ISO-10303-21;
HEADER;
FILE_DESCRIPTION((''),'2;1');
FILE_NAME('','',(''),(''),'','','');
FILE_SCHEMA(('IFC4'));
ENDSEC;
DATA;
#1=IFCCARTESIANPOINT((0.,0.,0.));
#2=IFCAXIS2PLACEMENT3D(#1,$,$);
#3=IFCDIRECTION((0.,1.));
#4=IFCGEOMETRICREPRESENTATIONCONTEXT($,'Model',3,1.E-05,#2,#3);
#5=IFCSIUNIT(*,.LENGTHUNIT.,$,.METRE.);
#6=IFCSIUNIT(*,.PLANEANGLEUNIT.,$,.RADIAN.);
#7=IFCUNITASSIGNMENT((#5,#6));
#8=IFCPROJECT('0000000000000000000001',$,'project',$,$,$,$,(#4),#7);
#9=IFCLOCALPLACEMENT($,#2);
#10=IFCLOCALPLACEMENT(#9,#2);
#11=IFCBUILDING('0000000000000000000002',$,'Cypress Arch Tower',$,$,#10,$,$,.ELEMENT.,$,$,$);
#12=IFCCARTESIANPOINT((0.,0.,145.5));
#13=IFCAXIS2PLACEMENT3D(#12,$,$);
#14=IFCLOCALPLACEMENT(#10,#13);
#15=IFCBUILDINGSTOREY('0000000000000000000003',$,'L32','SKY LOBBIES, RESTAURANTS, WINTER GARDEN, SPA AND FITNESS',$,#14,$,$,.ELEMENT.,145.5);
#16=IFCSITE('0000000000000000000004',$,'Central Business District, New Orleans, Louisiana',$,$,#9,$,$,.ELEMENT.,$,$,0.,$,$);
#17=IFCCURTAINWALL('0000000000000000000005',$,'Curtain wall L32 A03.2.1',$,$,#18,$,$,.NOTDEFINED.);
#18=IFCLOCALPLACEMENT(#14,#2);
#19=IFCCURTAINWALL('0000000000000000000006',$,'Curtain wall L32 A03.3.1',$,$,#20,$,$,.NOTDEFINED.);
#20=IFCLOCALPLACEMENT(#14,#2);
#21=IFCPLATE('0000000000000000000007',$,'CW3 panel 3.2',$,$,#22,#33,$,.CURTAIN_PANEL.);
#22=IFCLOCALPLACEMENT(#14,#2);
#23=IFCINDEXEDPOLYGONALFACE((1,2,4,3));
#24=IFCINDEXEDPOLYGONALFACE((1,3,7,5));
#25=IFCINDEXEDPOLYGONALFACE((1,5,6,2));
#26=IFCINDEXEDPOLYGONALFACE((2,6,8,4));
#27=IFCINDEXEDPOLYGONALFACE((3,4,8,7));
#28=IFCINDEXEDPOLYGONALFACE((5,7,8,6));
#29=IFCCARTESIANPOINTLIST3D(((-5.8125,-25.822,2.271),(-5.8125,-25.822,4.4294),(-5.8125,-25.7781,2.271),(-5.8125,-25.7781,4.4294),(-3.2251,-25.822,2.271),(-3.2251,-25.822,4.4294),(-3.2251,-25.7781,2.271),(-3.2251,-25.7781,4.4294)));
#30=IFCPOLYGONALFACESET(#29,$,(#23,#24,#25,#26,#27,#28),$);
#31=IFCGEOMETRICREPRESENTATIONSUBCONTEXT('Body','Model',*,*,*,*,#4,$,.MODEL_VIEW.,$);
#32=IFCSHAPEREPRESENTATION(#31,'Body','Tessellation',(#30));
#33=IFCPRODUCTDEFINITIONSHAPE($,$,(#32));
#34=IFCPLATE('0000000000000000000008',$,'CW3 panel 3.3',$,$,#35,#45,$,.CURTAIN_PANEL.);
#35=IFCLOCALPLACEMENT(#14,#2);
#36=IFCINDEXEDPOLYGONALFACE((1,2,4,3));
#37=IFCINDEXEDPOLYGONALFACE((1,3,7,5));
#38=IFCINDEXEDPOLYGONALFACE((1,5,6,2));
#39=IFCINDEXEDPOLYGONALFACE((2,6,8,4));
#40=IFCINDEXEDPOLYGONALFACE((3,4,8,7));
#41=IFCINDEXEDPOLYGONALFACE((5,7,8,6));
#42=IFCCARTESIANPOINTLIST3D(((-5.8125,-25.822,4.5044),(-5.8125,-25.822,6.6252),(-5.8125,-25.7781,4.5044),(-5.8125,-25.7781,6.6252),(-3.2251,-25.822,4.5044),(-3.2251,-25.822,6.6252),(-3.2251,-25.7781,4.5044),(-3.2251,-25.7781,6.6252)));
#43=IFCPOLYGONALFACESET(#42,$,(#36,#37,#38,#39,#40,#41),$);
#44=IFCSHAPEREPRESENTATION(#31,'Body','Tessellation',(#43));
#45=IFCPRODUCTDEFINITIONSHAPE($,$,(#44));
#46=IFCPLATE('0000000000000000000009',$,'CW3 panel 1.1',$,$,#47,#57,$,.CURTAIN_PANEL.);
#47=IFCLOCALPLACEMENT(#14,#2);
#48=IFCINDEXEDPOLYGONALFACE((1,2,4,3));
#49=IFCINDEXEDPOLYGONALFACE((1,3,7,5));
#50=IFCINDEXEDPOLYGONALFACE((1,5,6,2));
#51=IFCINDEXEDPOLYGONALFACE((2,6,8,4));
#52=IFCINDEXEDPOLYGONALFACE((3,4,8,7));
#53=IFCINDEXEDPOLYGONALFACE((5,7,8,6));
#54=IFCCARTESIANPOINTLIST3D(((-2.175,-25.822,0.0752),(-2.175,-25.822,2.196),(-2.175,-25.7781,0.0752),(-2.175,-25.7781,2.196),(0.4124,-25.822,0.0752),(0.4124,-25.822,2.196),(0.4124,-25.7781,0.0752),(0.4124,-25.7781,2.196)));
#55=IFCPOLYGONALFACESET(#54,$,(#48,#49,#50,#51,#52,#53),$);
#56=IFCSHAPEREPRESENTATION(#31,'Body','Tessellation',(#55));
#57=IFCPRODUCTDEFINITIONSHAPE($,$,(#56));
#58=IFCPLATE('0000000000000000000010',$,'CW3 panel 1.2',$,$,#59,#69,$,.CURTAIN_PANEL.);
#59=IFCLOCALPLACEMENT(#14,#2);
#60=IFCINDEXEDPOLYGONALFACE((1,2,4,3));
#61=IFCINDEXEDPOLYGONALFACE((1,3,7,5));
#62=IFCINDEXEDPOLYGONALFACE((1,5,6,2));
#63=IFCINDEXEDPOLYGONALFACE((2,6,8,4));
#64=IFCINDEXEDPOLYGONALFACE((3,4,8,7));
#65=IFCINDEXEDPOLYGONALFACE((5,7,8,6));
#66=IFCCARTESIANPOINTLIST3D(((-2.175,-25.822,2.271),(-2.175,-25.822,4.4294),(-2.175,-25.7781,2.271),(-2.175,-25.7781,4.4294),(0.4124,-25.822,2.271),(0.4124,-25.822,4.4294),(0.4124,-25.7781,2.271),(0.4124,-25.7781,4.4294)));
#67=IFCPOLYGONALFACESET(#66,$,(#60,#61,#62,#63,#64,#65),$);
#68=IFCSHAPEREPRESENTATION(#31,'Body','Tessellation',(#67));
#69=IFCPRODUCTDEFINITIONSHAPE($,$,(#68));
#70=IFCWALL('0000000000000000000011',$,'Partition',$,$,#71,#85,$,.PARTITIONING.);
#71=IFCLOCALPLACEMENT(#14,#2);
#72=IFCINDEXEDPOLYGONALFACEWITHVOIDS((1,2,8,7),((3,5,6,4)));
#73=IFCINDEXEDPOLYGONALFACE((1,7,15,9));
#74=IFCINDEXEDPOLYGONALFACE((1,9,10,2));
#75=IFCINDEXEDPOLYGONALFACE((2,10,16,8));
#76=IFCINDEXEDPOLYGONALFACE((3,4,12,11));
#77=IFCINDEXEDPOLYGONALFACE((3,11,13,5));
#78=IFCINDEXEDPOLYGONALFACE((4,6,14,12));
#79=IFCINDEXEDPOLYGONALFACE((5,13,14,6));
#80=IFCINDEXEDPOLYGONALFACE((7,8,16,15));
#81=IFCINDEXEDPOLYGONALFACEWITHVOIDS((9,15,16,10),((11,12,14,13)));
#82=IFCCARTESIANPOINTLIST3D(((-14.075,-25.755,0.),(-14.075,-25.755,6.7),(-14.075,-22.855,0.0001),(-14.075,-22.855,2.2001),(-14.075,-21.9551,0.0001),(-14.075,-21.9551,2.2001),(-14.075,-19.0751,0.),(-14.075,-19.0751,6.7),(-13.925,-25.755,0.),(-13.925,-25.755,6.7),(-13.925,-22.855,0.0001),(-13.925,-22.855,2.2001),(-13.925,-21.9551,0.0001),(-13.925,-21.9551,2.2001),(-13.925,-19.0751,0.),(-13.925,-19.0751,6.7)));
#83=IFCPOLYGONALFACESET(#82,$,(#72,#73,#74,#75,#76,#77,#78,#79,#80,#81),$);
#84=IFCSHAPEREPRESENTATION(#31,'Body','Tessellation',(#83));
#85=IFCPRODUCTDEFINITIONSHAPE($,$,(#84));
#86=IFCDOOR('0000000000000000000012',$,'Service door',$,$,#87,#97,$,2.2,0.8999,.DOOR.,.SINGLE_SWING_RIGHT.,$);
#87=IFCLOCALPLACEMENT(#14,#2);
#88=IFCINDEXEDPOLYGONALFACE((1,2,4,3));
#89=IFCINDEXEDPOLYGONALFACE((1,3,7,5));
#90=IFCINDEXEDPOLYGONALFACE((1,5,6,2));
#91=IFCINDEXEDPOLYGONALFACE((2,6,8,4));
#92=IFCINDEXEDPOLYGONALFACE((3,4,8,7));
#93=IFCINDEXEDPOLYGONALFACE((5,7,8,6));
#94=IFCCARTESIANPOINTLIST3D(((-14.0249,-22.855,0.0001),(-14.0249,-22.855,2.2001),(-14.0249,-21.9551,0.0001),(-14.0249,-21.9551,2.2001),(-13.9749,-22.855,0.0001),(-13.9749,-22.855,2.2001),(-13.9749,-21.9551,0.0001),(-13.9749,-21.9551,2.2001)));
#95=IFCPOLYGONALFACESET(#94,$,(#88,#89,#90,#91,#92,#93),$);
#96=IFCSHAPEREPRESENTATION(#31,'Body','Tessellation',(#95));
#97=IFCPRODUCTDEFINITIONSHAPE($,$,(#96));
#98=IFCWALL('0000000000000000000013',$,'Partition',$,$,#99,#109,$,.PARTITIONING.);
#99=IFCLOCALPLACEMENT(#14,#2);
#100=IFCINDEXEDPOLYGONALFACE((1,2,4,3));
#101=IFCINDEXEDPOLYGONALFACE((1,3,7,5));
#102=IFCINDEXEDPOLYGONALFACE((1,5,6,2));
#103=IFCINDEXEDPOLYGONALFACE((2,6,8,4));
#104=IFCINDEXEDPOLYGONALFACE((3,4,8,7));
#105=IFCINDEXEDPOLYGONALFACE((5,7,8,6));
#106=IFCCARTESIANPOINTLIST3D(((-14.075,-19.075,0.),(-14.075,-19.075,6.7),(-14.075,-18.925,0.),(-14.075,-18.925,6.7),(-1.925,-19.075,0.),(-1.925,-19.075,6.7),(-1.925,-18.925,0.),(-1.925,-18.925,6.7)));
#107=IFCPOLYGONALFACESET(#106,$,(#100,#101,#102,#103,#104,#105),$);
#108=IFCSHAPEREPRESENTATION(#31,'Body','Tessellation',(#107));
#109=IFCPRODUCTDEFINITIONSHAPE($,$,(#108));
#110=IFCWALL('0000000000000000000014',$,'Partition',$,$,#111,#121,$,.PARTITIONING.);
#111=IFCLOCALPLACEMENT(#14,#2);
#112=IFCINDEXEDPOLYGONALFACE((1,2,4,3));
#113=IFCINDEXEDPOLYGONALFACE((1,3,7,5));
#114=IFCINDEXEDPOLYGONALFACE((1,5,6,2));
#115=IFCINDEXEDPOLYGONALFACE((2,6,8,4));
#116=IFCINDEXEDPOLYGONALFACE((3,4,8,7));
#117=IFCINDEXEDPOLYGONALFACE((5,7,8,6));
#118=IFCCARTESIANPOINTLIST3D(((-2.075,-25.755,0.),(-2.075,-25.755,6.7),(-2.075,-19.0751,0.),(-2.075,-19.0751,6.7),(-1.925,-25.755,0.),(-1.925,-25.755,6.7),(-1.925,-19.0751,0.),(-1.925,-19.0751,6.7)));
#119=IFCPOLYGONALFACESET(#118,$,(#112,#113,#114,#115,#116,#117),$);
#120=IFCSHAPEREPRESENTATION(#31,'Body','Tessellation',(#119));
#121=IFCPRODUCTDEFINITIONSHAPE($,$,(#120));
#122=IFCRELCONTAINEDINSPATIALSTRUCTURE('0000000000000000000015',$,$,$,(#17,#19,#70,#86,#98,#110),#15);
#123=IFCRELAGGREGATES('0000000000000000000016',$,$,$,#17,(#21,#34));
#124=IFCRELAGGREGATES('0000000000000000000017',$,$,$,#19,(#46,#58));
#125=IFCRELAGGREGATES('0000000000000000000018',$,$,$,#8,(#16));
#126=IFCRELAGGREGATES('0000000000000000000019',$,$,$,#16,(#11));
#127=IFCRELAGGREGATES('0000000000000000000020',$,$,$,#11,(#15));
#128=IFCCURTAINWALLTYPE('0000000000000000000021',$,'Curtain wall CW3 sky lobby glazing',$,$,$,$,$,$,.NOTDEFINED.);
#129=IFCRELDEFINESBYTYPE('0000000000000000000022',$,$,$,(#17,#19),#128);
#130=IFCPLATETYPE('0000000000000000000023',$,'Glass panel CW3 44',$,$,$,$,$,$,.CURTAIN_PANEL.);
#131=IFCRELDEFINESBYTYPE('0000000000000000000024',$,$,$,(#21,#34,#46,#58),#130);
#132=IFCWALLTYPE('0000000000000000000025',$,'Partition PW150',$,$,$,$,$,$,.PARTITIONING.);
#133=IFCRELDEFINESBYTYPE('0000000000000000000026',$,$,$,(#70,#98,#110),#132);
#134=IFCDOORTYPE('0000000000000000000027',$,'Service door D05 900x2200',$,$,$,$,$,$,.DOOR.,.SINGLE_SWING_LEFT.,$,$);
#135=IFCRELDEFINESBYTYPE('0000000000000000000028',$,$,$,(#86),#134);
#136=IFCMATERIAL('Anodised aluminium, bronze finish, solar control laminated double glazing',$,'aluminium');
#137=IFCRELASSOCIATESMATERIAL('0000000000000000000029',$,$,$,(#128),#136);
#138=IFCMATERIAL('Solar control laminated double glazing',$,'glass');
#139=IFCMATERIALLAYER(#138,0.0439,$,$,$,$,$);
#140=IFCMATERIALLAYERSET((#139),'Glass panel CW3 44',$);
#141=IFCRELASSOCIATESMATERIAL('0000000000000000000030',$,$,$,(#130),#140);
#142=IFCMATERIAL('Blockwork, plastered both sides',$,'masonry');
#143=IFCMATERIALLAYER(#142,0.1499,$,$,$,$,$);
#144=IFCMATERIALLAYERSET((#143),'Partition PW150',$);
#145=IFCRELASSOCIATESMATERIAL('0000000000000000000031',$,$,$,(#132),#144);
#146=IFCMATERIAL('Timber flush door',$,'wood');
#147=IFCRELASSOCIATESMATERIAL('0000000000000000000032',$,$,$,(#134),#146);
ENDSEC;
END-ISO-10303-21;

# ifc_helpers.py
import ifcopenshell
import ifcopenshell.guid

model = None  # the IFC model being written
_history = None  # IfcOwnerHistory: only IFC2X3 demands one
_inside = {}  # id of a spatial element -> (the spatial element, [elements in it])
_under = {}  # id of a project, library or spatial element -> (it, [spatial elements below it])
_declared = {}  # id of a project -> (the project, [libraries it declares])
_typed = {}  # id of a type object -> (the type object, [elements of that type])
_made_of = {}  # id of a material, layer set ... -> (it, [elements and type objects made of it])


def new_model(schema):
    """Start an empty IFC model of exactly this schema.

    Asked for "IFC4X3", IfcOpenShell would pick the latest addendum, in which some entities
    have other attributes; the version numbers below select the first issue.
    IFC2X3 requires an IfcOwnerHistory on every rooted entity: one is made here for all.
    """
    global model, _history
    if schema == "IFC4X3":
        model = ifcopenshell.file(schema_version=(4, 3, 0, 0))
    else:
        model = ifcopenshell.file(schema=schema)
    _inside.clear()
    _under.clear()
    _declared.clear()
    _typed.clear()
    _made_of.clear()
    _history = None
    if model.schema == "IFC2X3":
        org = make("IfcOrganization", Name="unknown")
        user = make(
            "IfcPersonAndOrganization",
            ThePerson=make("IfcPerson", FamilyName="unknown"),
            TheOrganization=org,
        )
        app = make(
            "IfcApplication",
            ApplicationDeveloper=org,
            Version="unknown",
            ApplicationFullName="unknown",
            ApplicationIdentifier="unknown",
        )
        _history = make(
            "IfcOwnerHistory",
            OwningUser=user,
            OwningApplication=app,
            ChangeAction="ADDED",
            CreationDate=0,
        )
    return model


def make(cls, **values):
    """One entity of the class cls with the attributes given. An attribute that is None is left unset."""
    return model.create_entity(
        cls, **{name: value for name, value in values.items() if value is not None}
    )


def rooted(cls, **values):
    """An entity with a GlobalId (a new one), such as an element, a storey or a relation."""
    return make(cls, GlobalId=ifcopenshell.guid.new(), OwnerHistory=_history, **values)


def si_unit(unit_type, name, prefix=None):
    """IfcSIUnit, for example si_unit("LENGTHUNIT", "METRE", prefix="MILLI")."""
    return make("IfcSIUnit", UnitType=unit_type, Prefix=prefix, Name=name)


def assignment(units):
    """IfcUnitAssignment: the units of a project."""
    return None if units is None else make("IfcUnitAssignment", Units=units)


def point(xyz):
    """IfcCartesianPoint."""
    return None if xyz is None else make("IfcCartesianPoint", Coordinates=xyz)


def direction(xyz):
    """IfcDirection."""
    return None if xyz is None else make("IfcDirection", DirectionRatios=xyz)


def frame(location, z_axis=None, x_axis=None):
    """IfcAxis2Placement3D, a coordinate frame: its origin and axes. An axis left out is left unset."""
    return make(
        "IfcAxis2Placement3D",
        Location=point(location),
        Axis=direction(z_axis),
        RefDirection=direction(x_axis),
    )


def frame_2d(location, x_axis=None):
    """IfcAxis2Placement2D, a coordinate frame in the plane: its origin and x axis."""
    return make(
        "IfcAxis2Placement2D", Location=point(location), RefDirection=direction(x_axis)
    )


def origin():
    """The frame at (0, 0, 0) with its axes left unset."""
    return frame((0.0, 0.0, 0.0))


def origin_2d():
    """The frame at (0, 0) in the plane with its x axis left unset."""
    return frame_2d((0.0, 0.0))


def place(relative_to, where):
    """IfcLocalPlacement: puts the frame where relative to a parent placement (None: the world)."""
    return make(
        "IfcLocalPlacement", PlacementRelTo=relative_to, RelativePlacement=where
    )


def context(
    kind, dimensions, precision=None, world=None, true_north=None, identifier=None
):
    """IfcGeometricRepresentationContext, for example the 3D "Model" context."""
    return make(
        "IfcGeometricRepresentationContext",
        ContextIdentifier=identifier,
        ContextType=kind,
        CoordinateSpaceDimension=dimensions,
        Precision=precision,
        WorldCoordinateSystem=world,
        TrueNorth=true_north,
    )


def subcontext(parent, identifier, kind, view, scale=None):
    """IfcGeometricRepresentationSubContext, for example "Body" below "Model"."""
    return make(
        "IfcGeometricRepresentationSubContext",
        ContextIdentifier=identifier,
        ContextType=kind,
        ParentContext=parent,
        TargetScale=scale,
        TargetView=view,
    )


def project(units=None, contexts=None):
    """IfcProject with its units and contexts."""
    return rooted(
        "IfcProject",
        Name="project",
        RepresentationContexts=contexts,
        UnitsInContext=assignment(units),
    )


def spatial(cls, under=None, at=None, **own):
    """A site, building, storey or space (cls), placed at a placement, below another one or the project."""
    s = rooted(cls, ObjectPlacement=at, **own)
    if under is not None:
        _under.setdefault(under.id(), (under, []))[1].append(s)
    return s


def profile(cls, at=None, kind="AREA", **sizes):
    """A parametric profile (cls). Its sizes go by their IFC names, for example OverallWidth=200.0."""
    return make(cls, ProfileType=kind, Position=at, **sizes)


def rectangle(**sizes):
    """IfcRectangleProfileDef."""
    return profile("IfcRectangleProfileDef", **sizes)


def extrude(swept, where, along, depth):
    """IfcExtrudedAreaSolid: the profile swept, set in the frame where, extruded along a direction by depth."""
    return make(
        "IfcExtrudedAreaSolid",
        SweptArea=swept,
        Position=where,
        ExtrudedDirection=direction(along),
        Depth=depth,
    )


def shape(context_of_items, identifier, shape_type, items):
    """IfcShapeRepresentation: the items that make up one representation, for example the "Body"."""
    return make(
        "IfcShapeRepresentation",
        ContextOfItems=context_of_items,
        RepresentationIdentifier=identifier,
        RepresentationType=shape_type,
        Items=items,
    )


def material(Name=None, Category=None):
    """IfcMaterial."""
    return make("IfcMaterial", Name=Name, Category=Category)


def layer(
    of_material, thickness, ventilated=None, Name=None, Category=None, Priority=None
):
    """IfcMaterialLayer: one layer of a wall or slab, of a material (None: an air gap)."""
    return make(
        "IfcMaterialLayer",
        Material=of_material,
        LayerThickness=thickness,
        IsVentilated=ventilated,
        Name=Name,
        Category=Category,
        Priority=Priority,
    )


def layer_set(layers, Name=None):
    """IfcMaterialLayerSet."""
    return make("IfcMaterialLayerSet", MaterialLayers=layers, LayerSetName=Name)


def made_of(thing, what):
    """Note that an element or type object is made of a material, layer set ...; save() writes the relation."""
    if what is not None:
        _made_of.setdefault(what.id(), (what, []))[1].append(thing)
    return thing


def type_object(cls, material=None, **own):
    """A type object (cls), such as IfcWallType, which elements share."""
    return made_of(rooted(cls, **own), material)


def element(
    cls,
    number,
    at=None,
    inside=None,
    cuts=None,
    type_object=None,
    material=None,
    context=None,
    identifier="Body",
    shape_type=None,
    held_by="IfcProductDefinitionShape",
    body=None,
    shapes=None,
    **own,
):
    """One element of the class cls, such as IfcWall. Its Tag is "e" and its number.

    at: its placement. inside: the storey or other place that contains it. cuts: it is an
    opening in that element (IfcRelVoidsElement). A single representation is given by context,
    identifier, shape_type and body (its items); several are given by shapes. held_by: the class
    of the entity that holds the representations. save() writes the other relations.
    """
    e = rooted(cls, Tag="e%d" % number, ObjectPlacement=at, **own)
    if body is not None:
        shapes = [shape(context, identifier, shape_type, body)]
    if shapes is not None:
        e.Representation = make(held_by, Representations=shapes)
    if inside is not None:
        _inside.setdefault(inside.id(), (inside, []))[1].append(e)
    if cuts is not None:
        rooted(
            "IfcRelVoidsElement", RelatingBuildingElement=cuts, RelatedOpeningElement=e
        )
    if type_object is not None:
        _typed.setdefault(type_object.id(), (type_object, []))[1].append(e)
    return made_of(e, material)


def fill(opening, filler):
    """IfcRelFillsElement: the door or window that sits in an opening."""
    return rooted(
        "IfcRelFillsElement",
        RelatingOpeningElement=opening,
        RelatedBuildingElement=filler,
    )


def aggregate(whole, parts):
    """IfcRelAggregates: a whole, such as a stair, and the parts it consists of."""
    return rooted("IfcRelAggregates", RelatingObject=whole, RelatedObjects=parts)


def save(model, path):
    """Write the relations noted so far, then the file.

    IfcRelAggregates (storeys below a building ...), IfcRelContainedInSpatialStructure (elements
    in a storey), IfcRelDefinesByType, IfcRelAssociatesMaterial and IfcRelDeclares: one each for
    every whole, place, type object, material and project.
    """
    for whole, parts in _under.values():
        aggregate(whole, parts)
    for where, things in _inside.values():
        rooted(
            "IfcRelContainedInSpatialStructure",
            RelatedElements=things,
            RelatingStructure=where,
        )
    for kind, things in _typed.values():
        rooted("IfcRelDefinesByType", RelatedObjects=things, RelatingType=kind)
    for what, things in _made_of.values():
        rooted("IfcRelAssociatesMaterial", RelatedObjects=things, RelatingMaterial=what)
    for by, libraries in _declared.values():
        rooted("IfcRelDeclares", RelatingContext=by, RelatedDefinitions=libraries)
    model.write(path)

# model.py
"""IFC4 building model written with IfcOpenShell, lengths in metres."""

from ifc_helpers import new_model, si_unit, direction, frame, frame_2d, origin, origin_2d, place, context, subcontext, project, spatial, rectangle, extrude, material, layer, layer_set, type_object, element, fill, aggregate, save


model = new_model("IFC4")

# Units and contexts
model_context = context("Model", 3, precision=1e-05, world=origin(), true_north=direction((0.0, 1.0)))
body_context = subcontext(model_context, "Body", "Model", "MODEL_VIEW")
ifc_project = project(units=[si_unit("LENGTHUNIT", "METRE"), si_unit("PLANEANGLEUNIT", "RADIAN")], contexts=[model_context])

# Site, building, storey
site_placement = place(None, origin())
site = spatial("IfcSite", under=ifc_project, at=site_placement, Name="Central Business District, New Orleans, Louisiana", CompositionType="ELEMENT", RefElevation=0.0)
building_placement = place(site_placement, origin())
building = spatial("IfcBuilding", under=site, at=building_placement, Name="Cypress Arch Tower", CompositionType="ELEMENT")
storey_placement = place(building_placement, frame((0.0, 0.0, 145.5)))
storey = spatial("IfcBuildingStorey", under=building, at=storey_placement, Name="L32", Description="SKY LOBBIES, RESTAURANTS, WINTER GARDEN, SPA AND FITNESS", CompositionType="ELEMENT", Elevation=145.5)

# Curtain walls
ifc_material_1 = material(Name="Anodised aluminium, bronze finish, solar control laminated double glazing", Category="aluminium")
curtain_wall_type = type_object("IfcCurtainWallType", Name="Curtain wall CW3 sky lobby glazing", PredefinedType="NOTDEFINED", material=ifc_material_1)
curtain_wall_1_placement = place(storey_placement, origin())
curtain_wall_1 = element("IfcCurtainWall", 1, at=curtain_wall_1_placement, inside=storey, type_object=curtain_wall_type, Name="Curtain wall L32 A03.2.1", PredefinedType="NOTDEFINED")
curtain_wall_2_placement = place(storey_placement, origin())
curtain_wall_2 = element("IfcCurtainWall", 2, at=curtain_wall_2_placement, inside=storey, type_object=curtain_wall_type, Name="Curtain wall L32 A03.3.1", PredefinedType="NOTDEFINED")

# Plates
ifc_material_2 = material(Name="Solar control laminated double glazing", Category="glass")
ifc_layer_1 = layer(ifc_material_2, 0.0439)
ifc_layer_set_1 = layer_set([ifc_layer_1], Name="Glass panel CW3 44")
plate_type = type_object("IfcPlateType", Name="Glass panel CW3 44", PredefinedType="CURTAIN_PANEL", material=ifc_layer_set_1)
plate_1_placement = place(storey_placement, frame((-4.5188, -25.8, 2.271), z_axis=(0.0, 0.0, 1.0), x_axis=(1.0, 0.0, 0.0)))
plate_1 = element("IfcPlate", 3, at=plate_1_placement, type_object=plate_type, Name="CW3 panel 3.2", PredefinedType="CURTAIN_PANEL", context=body_context, shape_type="SweptSolid", body=[
    extrude(rectangle(XDim=2.5874, YDim=0.0439, at=origin_2d()), origin(), (0.0, 0.0, 1.0), 2.1584),
])
plate_2_placement = place(storey_placement, frame((-4.5188, -25.8, 4.5044), z_axis=(0.0, 0.0, 1.0), x_axis=(1.0, 0.0, 0.0)))
plate_2 = element("IfcPlate", 4, at=plate_2_placement, type_object=plate_type, Name="CW3 panel 3.3", PredefinedType="CURTAIN_PANEL", context=body_context, shape_type="SweptSolid", body=[
    extrude(rectangle(XDim=2.5874, YDim=0.0439, at=origin_2d()), origin(), (0.0, 0.0, 1.0), 2.1208),
])
aggregate(curtain_wall_1, [plate_1, plate_2])
plate_3_placement = place(storey_placement, frame((-0.8813, -25.8, 0.0752), z_axis=(0.0, 0.0, 1.0), x_axis=(1.0, 0.0, 0.0)))
plate_3 = element("IfcPlate", 5, at=plate_3_placement, type_object=plate_type, Name="CW3 panel 1.1", PredefinedType="CURTAIN_PANEL", context=body_context, shape_type="SweptSolid", body=[
    extrude(rectangle(XDim=2.5874, YDim=0.0439, at=origin_2d()), origin(), (0.0, 0.0, 1.0), 2.1208),
])
plate_4_placement = place(storey_placement, frame((-0.8813, -25.8, 2.271), z_axis=(0.0, 0.0, 1.0), x_axis=(1.0, 0.0, 0.0)))
plate_4 = element("IfcPlate", 6, at=plate_4_placement, type_object=plate_type, Name="CW3 panel 1.2", PredefinedType="CURTAIN_PANEL", context=body_context, shape_type="SweptSolid", body=[
    extrude(rectangle(XDim=2.5874, YDim=0.0439, at=origin_2d()), origin(), (0.0, 0.0, 1.0), 2.1584),
])
aggregate(curtain_wall_2, [plate_3, plate_4])

# Wall, opening, door
ifc_material_3 = material(Name="Blockwork, plastered both sides", Category="masonry")
ifc_layer_2 = layer(ifc_material_3, 0.1499)
ifc_layer_set_2 = layer_set([ifc_layer_2], Name="Partition PW150")
wall_type = type_object("IfcWallType", Name="Partition PW150", PredefinedType="PARTITIONING", material=ifc_layer_set_2)
wall_1_placement = place(storey_placement, frame((-14.0, -25.7549, 0.0), z_axis=(0.0, 0.0, 1.0), x_axis=(0.0, 1.0, 0.0)))
wall_1 = element("IfcWall", 7, at=wall_1_placement, inside=storey, type_object=wall_type, Name="Partition", PredefinedType="PARTITIONING", context=body_context, shape_type="SweptSolid", body=[
    extrude(rectangle(XDim=6.6799, YDim=0.1499, at=frame_2d((3.3398, 0.0))), origin(), (0.0, 0.0, 1.0), 6.7),
])
opening_placement = place(wall_1_placement, frame((2.8999, 0.0, 0.0)))
opening = element("IfcOpeningElement", 8, at=opening_placement, cuts=wall_1, PredefinedType="OPENING", context=body_context, shape_type="SweptSolid", body=[
    extrude(rectangle(XDim=0.8999, YDim=2.2, at=frame_2d((0.45, 1.1001))), frame((0.0, 0.085, 0.0), z_axis=(0.0, -1.0, 0.0), x_axis=(1.0, 0.0, 0.0)), (0.0, 0.0, 1.0), 0.1699),
])
ifc_material_4 = material(Name="Timber flush door", Category="wood")
door_type = type_object("IfcDoorType", Name="Service door D05 900x2200", OperationType="SINGLE_SWING_LEFT", PredefinedType="DOOR", material=ifc_material_4)
door_placement = place(opening_placement, origin())
door = element("IfcDoor", 9, at=door_placement, inside=storey, type_object=door_type, Name="Service door", OperationType="SINGLE_SWING_RIGHT", OverallHeight=2.2, OverallWidth=0.8999, PredefinedType="DOOR", context=body_context, shape_type="SweptSolid", body=[
    extrude(rectangle(XDim=0.8999, YDim=2.2, at=frame_2d((0.45, 1.1001))), frame((0.0, 0.0249, 0.0), z_axis=(0.0, -1.0, 0.0), x_axis=(1.0, 0.0, 0.0)), (0.0, 0.0, 1.0), 0.05),
])
fill(opening, door)

# Walls
wall_2_placement = place(storey_placement, frame((-14.075, -19.0, 0.0), z_axis=(0.0, 0.0, 1.0), x_axis=(1.0, 0.0, 0.0)))
element("IfcWall", 10, at=wall_2_placement, inside=storey, type_object=wall_type, Name="Partition", PredefinedType="PARTITIONING", context=body_context, shape_type="SweptSolid", body=[
    extrude(rectangle(XDim=12.1499, YDim=0.1499, at=frame_2d((6.075, 0.0))), origin(), (0.0, 0.0, 1.0), 6.7),
])
wall_3_placement = place(storey_placement, frame((-2.0, -25.7549, 0.0), z_axis=(0.0, 0.0, 1.0), x_axis=(0.0, 1.0, 0.0)))
element("IfcWall", 11, at=wall_3_placement, inside=storey, type_object=wall_type, Name="Partition", PredefinedType="PARTITIONING", context=body_context, shape_type="SweptSolid", body=[
    extrude(rectangle(XDim=6.6799, YDim=0.1499, at=frame_2d((3.3398, 0.0))), origin(), (0.0, 0.0, 1.0), 6.7),
])

save(model, "model.ifc")
